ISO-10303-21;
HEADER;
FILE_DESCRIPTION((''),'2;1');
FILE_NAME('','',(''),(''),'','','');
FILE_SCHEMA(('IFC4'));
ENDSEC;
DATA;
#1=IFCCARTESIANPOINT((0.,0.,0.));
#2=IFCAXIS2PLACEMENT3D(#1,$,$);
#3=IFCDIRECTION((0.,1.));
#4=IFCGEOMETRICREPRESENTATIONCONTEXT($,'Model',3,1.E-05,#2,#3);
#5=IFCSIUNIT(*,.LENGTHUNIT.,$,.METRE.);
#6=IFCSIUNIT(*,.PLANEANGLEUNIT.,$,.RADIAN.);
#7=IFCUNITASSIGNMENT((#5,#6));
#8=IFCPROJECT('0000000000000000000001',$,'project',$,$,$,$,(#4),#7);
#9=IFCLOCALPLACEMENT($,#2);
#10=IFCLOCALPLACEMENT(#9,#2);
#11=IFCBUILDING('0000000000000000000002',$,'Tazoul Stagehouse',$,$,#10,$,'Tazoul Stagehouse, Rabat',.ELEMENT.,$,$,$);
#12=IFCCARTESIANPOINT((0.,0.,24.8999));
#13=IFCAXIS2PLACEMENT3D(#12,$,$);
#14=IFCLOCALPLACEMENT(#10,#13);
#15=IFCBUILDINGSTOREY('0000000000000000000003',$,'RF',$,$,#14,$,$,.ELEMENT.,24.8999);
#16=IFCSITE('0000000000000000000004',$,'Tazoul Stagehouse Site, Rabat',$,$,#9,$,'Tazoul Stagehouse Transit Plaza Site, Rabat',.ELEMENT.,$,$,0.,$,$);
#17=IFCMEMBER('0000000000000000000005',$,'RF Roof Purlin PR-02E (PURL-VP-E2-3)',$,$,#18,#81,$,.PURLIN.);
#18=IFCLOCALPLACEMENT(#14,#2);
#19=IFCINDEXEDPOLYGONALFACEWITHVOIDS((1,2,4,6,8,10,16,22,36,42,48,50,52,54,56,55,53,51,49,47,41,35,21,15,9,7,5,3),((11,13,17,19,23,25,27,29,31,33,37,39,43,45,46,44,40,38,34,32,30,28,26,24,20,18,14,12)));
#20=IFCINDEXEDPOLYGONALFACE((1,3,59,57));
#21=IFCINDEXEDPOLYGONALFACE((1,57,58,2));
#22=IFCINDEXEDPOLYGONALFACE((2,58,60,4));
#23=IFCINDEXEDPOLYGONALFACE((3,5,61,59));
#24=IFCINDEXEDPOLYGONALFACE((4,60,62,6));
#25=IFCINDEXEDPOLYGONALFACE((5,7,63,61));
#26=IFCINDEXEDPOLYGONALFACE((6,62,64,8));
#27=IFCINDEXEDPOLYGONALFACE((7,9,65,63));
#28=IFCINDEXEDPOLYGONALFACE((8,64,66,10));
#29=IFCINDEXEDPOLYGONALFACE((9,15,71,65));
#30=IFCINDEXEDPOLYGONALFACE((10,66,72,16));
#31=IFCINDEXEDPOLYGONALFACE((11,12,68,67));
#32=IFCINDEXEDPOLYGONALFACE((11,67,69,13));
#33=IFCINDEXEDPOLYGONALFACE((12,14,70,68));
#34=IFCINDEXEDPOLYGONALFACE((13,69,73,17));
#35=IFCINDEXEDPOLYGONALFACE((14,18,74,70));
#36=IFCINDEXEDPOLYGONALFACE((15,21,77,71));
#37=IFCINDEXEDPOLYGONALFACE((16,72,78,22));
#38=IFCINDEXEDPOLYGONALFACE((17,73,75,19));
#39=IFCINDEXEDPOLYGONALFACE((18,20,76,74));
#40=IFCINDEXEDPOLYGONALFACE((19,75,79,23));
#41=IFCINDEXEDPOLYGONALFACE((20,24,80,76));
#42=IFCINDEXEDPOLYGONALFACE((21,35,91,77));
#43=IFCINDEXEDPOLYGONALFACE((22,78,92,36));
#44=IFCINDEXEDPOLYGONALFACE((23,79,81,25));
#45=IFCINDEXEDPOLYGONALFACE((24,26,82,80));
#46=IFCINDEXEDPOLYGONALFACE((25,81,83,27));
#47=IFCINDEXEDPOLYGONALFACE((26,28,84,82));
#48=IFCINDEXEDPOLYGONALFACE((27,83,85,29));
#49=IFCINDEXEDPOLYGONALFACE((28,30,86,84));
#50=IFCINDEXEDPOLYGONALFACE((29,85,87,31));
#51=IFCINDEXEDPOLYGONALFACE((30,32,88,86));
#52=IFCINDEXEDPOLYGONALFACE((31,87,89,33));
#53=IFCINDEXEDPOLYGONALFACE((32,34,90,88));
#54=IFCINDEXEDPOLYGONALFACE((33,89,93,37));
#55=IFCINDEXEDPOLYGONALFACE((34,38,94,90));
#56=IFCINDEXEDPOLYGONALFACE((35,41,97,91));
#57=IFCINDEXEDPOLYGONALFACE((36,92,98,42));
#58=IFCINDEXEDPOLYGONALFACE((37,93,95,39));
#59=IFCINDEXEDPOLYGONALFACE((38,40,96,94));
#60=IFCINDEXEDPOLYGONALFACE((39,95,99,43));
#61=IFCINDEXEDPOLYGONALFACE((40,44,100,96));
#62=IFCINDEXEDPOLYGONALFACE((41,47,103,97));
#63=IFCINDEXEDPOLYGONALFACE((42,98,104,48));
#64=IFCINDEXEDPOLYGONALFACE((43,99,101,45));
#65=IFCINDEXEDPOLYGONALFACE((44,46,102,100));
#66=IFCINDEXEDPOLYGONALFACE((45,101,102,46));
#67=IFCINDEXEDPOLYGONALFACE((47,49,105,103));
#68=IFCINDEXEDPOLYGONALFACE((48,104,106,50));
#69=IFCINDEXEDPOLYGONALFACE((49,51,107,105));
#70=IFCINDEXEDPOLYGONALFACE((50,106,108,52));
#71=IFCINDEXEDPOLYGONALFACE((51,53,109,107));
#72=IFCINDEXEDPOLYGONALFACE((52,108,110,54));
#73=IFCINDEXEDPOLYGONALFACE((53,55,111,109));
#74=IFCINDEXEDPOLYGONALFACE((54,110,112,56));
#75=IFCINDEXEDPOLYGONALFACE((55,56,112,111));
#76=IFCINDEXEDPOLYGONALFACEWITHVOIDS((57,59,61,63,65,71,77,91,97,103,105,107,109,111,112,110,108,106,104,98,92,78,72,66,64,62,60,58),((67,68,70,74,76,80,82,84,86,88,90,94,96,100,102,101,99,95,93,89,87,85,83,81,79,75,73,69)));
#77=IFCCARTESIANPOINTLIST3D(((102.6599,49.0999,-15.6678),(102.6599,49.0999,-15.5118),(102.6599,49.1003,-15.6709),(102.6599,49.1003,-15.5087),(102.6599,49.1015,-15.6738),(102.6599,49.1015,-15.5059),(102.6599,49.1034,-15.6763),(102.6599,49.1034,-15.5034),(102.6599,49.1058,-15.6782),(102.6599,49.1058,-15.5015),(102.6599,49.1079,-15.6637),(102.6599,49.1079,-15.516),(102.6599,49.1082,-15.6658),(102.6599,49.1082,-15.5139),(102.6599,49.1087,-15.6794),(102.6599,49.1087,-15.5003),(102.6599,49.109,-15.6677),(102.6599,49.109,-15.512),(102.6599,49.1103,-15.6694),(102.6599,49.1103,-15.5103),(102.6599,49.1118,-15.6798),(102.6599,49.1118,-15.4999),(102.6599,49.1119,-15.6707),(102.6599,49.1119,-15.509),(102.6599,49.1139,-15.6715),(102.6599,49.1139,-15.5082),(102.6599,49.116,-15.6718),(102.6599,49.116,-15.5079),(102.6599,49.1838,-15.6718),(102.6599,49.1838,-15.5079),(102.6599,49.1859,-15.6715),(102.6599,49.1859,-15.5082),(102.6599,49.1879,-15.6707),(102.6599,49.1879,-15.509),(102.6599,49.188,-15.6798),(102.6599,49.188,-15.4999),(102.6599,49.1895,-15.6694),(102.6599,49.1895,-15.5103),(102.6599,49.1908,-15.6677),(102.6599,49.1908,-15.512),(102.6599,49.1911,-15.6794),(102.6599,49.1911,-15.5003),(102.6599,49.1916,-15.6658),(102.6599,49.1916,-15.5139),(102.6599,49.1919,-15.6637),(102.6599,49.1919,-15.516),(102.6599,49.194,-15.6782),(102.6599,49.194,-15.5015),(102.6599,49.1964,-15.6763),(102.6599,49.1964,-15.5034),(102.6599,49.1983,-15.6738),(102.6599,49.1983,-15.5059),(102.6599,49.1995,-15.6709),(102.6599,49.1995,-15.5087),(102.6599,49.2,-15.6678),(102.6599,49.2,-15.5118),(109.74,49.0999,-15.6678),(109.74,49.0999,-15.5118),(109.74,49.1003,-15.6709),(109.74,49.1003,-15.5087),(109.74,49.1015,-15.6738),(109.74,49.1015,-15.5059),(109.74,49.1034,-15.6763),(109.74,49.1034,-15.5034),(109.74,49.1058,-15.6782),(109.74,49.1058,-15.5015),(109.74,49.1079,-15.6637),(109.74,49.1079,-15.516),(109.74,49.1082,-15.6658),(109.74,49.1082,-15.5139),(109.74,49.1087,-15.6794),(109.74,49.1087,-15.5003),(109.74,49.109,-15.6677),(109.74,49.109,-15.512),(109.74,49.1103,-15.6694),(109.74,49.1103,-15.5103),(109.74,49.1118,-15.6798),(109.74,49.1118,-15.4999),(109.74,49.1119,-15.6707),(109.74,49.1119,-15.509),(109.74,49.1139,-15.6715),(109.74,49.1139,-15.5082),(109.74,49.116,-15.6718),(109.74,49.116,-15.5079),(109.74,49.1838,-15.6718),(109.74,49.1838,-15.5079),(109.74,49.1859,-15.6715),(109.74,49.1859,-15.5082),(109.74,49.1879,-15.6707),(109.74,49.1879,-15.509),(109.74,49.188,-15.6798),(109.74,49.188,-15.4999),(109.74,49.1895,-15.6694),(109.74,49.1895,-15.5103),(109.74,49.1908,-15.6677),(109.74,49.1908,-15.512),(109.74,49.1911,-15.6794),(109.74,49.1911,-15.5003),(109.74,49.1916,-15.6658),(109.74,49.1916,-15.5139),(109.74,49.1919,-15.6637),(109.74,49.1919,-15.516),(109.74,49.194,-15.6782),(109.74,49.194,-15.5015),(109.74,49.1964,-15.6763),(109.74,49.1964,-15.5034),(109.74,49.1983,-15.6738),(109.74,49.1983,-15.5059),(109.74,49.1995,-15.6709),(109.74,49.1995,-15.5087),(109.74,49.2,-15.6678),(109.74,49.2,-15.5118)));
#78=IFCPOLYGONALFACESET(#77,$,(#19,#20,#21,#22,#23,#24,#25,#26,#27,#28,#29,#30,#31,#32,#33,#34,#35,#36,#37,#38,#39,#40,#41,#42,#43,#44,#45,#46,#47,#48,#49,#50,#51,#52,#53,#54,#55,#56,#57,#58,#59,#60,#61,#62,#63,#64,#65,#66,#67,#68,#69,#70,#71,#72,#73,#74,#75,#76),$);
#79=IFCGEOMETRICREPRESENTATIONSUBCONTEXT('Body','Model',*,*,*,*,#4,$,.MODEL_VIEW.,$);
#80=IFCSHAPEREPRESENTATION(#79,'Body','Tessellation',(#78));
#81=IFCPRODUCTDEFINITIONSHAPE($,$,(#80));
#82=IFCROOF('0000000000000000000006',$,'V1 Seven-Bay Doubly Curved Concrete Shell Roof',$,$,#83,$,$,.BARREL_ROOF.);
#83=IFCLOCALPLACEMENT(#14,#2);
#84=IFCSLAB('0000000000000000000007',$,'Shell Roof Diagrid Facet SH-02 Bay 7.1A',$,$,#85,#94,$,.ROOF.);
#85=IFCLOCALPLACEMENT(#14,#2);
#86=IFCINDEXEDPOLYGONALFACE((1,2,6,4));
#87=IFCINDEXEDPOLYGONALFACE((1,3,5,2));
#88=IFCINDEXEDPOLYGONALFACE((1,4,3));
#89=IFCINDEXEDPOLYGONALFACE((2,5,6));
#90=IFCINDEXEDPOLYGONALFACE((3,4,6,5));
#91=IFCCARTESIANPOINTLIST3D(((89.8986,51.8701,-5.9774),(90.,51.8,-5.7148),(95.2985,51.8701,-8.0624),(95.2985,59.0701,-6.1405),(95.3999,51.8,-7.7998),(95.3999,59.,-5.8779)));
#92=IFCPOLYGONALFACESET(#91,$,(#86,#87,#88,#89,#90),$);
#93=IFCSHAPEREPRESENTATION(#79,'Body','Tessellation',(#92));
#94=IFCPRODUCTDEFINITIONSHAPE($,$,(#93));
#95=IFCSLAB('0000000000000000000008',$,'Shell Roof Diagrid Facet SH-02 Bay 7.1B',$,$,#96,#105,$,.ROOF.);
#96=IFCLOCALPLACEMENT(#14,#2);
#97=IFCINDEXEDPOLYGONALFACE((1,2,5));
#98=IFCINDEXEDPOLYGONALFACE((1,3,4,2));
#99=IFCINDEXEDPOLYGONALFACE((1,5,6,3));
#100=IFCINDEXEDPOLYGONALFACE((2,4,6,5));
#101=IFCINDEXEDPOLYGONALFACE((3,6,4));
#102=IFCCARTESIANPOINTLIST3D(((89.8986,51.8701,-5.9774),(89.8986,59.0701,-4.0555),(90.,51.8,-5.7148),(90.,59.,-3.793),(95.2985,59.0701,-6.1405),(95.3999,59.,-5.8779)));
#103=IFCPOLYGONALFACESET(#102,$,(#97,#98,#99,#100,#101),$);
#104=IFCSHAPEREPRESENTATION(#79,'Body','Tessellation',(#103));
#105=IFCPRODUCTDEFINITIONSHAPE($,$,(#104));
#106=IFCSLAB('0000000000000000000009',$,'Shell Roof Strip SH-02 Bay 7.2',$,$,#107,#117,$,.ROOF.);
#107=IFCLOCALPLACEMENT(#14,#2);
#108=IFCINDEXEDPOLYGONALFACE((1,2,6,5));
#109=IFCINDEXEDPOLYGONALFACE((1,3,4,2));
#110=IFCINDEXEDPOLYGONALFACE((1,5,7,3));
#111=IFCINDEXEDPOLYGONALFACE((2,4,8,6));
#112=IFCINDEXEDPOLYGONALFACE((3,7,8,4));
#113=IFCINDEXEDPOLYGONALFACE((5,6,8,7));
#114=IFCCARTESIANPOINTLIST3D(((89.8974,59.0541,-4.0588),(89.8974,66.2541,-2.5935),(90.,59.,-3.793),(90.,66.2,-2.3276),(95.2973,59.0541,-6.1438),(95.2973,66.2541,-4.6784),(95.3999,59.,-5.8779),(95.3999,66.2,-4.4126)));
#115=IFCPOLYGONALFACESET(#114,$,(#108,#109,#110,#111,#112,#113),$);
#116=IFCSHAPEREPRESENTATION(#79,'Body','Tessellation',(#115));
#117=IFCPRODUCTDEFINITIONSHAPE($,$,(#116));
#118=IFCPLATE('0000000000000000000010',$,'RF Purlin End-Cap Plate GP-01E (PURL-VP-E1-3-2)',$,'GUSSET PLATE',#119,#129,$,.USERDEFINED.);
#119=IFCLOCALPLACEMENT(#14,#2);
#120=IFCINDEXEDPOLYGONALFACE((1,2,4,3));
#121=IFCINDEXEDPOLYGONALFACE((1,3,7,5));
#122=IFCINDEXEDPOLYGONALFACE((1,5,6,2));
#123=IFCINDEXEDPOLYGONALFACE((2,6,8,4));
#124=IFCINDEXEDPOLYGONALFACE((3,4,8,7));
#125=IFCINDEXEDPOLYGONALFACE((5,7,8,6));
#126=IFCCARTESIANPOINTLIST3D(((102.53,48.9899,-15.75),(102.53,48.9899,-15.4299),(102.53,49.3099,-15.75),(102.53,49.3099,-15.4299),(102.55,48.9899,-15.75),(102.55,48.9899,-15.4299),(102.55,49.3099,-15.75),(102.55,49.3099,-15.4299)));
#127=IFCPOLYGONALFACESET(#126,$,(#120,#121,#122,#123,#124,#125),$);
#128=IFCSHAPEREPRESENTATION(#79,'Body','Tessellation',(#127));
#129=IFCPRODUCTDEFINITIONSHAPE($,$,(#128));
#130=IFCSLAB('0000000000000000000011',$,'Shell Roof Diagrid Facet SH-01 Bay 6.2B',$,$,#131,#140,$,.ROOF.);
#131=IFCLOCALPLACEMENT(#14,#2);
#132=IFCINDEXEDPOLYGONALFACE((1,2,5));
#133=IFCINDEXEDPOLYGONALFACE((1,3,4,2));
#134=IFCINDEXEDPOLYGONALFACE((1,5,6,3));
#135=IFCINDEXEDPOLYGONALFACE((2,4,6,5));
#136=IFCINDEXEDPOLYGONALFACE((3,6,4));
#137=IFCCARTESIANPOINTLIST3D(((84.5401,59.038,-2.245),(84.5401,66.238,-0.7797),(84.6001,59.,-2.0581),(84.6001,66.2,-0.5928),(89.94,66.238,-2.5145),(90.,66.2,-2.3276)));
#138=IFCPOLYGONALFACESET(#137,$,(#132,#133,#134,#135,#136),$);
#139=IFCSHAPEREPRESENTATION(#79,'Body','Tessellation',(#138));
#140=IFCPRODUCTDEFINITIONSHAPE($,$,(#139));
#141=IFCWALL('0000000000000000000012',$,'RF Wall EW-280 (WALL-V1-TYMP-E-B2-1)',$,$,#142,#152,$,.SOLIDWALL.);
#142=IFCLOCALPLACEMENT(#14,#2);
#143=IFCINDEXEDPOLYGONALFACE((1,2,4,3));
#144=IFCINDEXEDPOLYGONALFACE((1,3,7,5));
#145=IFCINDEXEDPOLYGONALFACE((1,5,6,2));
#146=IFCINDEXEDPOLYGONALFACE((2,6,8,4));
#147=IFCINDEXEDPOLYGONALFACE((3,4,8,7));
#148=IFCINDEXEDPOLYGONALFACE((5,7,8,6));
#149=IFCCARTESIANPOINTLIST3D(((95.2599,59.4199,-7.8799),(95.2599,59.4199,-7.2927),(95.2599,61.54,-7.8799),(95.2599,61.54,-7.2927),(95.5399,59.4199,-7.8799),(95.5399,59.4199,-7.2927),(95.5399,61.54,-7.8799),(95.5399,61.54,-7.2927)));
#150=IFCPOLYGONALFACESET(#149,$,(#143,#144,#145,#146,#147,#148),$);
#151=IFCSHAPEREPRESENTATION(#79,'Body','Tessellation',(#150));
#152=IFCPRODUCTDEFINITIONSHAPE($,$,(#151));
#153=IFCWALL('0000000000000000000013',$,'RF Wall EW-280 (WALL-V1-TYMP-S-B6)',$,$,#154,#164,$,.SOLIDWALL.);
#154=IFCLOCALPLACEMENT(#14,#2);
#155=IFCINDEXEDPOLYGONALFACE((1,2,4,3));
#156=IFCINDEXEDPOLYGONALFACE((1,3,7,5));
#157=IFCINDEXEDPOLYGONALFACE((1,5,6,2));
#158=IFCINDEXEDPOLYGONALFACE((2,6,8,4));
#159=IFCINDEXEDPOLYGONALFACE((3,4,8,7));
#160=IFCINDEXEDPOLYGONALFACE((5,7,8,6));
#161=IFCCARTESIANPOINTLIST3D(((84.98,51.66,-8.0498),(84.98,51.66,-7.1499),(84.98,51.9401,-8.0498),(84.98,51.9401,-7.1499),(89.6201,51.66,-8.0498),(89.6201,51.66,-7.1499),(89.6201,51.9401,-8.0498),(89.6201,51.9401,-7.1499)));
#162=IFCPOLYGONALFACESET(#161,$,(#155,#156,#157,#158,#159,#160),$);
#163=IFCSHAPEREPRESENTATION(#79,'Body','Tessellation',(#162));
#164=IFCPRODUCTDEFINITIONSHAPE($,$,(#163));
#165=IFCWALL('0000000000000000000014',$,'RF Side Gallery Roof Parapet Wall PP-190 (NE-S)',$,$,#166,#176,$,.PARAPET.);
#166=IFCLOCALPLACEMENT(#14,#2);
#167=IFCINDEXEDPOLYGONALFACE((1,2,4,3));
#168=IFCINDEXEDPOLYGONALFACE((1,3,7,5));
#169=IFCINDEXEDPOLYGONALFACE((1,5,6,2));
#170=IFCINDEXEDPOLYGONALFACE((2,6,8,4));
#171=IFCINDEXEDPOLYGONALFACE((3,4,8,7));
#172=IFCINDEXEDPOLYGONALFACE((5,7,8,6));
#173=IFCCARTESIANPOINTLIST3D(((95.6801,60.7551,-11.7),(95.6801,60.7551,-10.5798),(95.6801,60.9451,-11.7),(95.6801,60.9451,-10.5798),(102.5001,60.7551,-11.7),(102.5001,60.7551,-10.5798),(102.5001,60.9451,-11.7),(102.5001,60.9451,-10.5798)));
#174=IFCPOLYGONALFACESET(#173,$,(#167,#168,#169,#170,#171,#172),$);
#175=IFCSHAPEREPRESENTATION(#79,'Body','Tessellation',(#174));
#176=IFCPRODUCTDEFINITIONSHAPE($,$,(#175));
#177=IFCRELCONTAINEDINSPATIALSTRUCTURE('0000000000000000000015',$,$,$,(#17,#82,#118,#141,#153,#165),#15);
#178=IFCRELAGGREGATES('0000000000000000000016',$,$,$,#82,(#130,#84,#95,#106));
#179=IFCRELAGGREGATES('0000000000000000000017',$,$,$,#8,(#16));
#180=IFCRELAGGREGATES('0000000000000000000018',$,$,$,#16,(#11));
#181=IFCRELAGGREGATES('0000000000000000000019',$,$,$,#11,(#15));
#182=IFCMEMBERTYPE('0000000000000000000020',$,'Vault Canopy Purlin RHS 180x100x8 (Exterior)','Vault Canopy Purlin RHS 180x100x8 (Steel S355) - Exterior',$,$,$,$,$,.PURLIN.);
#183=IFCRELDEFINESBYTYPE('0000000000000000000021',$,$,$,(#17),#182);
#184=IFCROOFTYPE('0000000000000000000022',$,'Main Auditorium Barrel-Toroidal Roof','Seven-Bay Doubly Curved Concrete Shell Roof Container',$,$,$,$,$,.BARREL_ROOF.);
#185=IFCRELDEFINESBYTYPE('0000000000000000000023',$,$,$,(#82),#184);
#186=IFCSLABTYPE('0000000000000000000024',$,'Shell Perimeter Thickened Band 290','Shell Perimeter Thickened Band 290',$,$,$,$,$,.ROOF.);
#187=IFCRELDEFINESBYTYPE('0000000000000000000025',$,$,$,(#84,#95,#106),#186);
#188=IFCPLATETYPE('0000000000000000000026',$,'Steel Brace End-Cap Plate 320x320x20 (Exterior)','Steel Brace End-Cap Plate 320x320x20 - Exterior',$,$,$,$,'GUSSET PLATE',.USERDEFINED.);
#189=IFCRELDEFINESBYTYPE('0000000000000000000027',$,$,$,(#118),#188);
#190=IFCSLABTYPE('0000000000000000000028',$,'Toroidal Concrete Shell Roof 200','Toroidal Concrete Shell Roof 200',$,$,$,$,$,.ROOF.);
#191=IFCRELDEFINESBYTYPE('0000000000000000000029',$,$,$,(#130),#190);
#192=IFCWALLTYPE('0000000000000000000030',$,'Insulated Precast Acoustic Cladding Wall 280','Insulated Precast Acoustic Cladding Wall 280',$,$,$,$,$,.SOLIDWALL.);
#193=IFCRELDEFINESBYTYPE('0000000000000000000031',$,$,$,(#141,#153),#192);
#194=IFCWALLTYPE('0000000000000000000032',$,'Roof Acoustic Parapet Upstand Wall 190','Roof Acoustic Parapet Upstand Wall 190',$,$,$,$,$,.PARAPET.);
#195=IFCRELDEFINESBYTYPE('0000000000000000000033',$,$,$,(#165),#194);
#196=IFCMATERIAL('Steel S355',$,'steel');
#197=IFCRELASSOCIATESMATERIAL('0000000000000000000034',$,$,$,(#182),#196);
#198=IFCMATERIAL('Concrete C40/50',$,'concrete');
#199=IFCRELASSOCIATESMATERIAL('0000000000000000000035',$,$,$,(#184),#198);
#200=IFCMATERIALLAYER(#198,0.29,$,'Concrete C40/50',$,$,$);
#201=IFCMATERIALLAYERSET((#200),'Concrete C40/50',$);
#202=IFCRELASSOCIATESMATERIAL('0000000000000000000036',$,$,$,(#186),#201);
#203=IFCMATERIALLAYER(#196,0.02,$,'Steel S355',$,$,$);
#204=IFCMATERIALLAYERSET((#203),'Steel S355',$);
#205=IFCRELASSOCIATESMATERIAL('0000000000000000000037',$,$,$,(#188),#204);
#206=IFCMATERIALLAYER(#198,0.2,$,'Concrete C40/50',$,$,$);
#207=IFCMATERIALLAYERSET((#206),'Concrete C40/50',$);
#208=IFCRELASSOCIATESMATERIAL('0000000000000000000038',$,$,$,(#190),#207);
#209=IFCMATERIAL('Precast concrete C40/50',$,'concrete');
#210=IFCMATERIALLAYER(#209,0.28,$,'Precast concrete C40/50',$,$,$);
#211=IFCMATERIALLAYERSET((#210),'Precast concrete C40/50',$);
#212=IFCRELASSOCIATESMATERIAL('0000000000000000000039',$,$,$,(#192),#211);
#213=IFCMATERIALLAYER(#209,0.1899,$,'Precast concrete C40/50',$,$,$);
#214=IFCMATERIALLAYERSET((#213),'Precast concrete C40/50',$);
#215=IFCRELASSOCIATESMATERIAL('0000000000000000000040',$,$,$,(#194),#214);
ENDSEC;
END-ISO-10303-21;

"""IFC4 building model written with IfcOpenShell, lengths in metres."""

from ifc_helpers import new_model, si_unit, direction, frame, frame_2d, origin, origin_2d, place, context, subcontext, project, spatial, polyline, rectangle, hollow_rectangle, outline, extrude, material, layer, layer_set, material_profile, profile_set, type_object, element, aggregate, save


model = new_model("IFC4")

# Units and contexts
model_context = context("Model", 3, precision=1e-05, world=origin(), true_north=direction((0.0, 1.0)))
body_context = subcontext(model_context, "Body", "Model", "MODEL_VIEW")
ifc_project = project(units=[si_unit("LENGTHUNIT", "METRE"), si_unit("PLANEANGLEUNIT", "RADIAN")], contexts=[model_context])

# Site, building, storey
site_placement = place(None, origin())
site = spatial("IfcSite", under=ifc_project, at=site_placement, Name="Tazoul Stagehouse Site, Rabat", LongName="Tazoul Stagehouse Transit Plaza Site, Rabat", CompositionType="ELEMENT", RefElevation=0.0)
building_placement = place(site_placement, origin())
building = spatial("IfcBuilding", under=site, at=building_placement, Name="Tazoul Stagehouse", LongName="Tazoul Stagehouse, Rabat", CompositionType="ELEMENT")
storey_placement = place(building_placement, frame((0.0, 0.0, 24.8999)))
storey = spatial("IfcBuildingStorey", under=building, at=storey_placement, Name="RF", CompositionType="ELEMENT", Elevation=24.8999)

# Shared definitions
ifc_material_1 = material(Name="Concrete C40/50", Category="concrete")
ifc_material_2 = material(Name="Steel S355", Category="steel")

# Member
ifc_material_profile_1 = material_profile(ifc_material_2, hollow_rectangle(XDim=0.1001, YDim=0.1799, WallThickness=0.0081, InnerFilletRadius=0.0081, OuterFilletRadius=0.012, at=origin_2d()), Name="RHS 180x100x8")
ifc_profile_set_1 = profile_set([ifc_material_profile_1], Name="Steel S355")
member_type = type_object("IfcMemberType", Name="Vault Canopy Purlin RHS 180x100x8 (Exterior)", Description="Vault Canopy Purlin RHS 180x100x8 (Steel S355) - Exterior", PredefinedType="PURLIN", material=ifc_profile_set_1)
member_placement = place(storey_placement, frame((102.6599, 49.1499, -15.5898), z_axis=(1.0, 0.0, 0.0), x_axis=(0.0, 1.0, 0.0)))
element("IfcMember", 1, at=member_placement, inside=storey, type_object=member_type, Name="RF Roof Purlin PR-02E (PURL-VP-E2-3)", PredefinedType="PURLIN", context=body_context, shape_type="SweptSolid", body=[
    extrude(hollow_rectangle(XDim=0.1001, YDim=0.1799, WallThickness=0.0081, InnerFilletRadius=0.0081, OuterFilletRadius=0.012, at=origin_2d()), origin(), (0.0, 0.0, 1.0), 7.0801),
])

# Roof, slabs
roof_type = type_object("IfcRoofType", Name="Main Auditorium Barrel-Toroidal Roof", Description="Seven-Bay Doubly Curved Concrete Shell Roof Container", PredefinedType="BARREL_ROOF", material=ifc_material_1)
roof_placement = place(storey_placement, origin())
roof = element("IfcRoof", 2, at=roof_placement, inside=storey, type_object=roof_type, Name="V1 Seven-Bay Doubly Curved Concrete Shell Roof", PredefinedType="BARREL_ROOF")
ifc_layer_1 = layer(ifc_material_1, 0.29, Name="Concrete C40/50")
ifc_layer_set_1 = layer_set([ifc_layer_1], Name="Concrete C40/50")
slab_type_1 = type_object("IfcSlabType", Name="Shell Perimeter Thickened Band 290", Description="Shell Perimeter Thickened Band 290", PredefinedType="ROOF", material=ifc_layer_set_1)
slab_1_placement = place(storey_placement, frame((90.0, 51.8, -5.7148), z_axis=(0.349521, -0.241633, 0.905234), x_axis=(0.932877, 0.0, -0.360194)))
slab_1 = element("IfcSlab", 3, at=slab_1_placement, type_object=slab_type_1, Name="Shell Roof Diagrid Facet SH-02 Bay 7.1A", PredefinedType="ROOF", context=body_context, shape_type="SweptSolid", body=[
    extrude(outline(polyline([(0.0, 0.0), (5.7884, 0.0), (5.0962, 7.4198), (0.0, 0.0)])), origin(), (0.0, 0.0, -1.0), 0.29),
])
slab_2_placement = place(storey_placement, frame((90.0, 51.8, -5.7148), z_axis=(0.349521, -0.241633, 0.905234), x_axis=(0.599897, 0.799872, -0.018118)))
slab_2 = element("IfcSlab", 4, at=slab_2_placement, type_object=slab_type_1, Name="Shell Roof Diagrid Facet SH-02 Bay 7.1B", PredefinedType="ROOF", context=body_context, shape_type="SweptSolid", body=[
    extrude(outline(polyline([(0.0, 0.0), (9.0014, 0.0), (5.7242, 4.7714), (0.0, 0.0)])), origin(), (0.0, 0.0, -1.0), 0.29),
])
slab_3_placement = place(storey_placement, frame((90.0, 59.0, -3.793), z_axis=(0.353873, -0.186527, 0.916505), x_axis=(0.932877, 0.0, -0.360194)))
slab_3 = element("IfcSlab", 5, at=slab_3_placement, type_object=slab_type_1, Name="Shell Roof Strip SH-02 Bay 7.2", PredefinedType="ROOF", context=body_context, shape_type="SweptSolid", body=[
    extrude(outline(polyline([(0.0, 0.0), (5.7884, 0.0), (5.2606, 7.3286), (-0.5278, 7.3286), (0.0, 0.0)])), origin(), (0.0, 0.0, -1.0), 0.29),
])

# Plate
ifc_layer_2 = layer(ifc_material_2, 0.02, Name="Steel S355")
ifc_layer_set_2 = layer_set([ifc_layer_2], Name="Steel S355")
plate_type = type_object("IfcPlateType", Name="Steel Brace End-Cap Plate 320x320x20 (Exterior)", Description="Steel Brace End-Cap Plate 320x320x20 - Exterior", ElementType="GUSSET PLATE", PredefinedType="USERDEFINED", material=ifc_layer_set_2)
plate_placement = place(storey_placement, frame((102.54, 49.1499, -15.75), z_axis=(0.0, 0.0, 1.0), x_axis=(1.0, 0.0, 0.0)))
element("IfcPlate", 6, at=plate_placement, inside=storey, type_object=plate_type, Name="RF Purlin End-Cap Plate GP-01E (PURL-VP-E1-3-2)", ObjectType="GUSSET PLATE", PredefinedType="USERDEFINED", context=body_context, shape_type="SweptSolid", body=[
    extrude(rectangle(XDim=0.02, YDim=0.3201, at=origin_2d()), origin(), (0.0, 0.0, 1.0), 0.3201),
])

# Slab
ifc_layer_3 = layer(ifc_material_1, 0.2, Name="Concrete C40/50")
ifc_layer_set_3 = layer_set([ifc_layer_3], Name="Concrete C40/50")
slab_type_2 = type_object("IfcSlabType", Name="Toroidal Concrete Shell Roof 200", Description="Toroidal Concrete Shell Roof 200", PredefinedType="ROOF", material=ifc_layer_set_3)
slab_4_placement = place(storey_placement, frame((84.6001, 59.0, -2.0581), z_axis=(0.300293, -0.190227, 0.934686), x_axis=(0.599727, 0.799645, -0.029935)))
slab_4 = element("IfcSlab", 7, at=slab_4_placement, type_object=slab_type_2, Name="Shell Roof Diagrid Facet SH-01 Bay 6.2B", PredefinedType="ROOF", context=body_context, shape_type="SweptSolid", body=[
    extrude(outline(polyline([(0.0, 0.0), (9.0039, 0.0), (5.7135, 4.6197), (0.0, 0.0)])), origin(), (0.0, 0.0, -1.0), 0.2),
])
aggregate(roof, [slab_4, slab_1, slab_2, slab_3])

# Walls
ifc_material_3 = material(Name="Precast concrete C40/50", Category="concrete")
ifc_layer_4 = layer(ifc_material_3, 0.28, Name="Precast concrete C40/50")
ifc_layer_set_4 = layer_set([ifc_layer_4], Name="Precast concrete C40/50")
wall_type_1 = type_object("IfcWallType", Name="Insulated Precast Acoustic Cladding Wall 280", Description="Insulated Precast Acoustic Cladding Wall 280", PredefinedType="SOLIDWALL", material=ifc_layer_set_4)
wall_1_placement = place(storey_placement, frame((95.3999, 59.4199, -7.8799), z_axis=(0.0, 0.0, 1.0), x_axis=(0.0, 1.0, 0.0)))
element("IfcWall", 8, at=wall_1_placement, inside=storey, type_object=wall_type_1, Name="RF Wall EW-280 (WALL-V1-TYMP-E-B2-1)", PredefinedType="SOLIDWALL", context=body_context, shape_type="SweptSolid", body=[
    extrude(rectangle(XDim=2.1201, YDim=0.28, at=frame_2d((1.0601, 0.0))), origin(), (0.0, 0.0, 1.0), 0.5872),
])
wall_2_placement = place(storey_placement, frame((84.98, 51.8, -8.0498), z_axis=(0.0, 0.0, 1.0), x_axis=(1.0, 0.0, 0.0)))
element("IfcWall", 9, at=wall_2_placement, inside=storey, type_object=wall_type_1, Name="RF Wall EW-280 (WALL-V1-TYMP-S-B6)", PredefinedType="SOLIDWALL", context=body_context, shape_type="SweptSolid", body=[
    extrude(rectangle(XDim=4.6401, YDim=0.28, at=frame_2d((2.3201, 0.0))), origin(), (0.0, 0.0, 1.0), 0.8999),
])
ifc_layer_5 = layer(ifc_material_3, 0.1899, Name="Precast concrete C40/50")
ifc_layer_set_5 = layer_set([ifc_layer_5], Name="Precast concrete C40/50")
wall_type_2 = type_object("IfcWallType", Name="Roof Acoustic Parapet Upstand Wall 190", Description="Roof Acoustic Parapet Upstand Wall 190", PredefinedType="PARAPET", material=ifc_layer_set_5)
wall_3_placement = place(storey_placement, frame((95.6799, 60.8501, -11.7), z_axis=(0.0, 0.0, 1.0), x_axis=(1.0, 0.0, 0.0)))
element("IfcWall", 10, at=wall_3_placement, inside=storey, type_object=wall_type_2, Name="RF Side Gallery Roof Parapet Wall PP-190 (NE-S)", PredefinedType="PARAPET", context=body_context, shape_type="SweptSolid", body=[
    extrude(rectangle(XDim=6.8201, YDim=0.1899, at=frame_2d((3.4102, 0.0))), origin(), (0.0, 0.0, 1.0), 1.1201),
])

save(model, "model.ifc")
